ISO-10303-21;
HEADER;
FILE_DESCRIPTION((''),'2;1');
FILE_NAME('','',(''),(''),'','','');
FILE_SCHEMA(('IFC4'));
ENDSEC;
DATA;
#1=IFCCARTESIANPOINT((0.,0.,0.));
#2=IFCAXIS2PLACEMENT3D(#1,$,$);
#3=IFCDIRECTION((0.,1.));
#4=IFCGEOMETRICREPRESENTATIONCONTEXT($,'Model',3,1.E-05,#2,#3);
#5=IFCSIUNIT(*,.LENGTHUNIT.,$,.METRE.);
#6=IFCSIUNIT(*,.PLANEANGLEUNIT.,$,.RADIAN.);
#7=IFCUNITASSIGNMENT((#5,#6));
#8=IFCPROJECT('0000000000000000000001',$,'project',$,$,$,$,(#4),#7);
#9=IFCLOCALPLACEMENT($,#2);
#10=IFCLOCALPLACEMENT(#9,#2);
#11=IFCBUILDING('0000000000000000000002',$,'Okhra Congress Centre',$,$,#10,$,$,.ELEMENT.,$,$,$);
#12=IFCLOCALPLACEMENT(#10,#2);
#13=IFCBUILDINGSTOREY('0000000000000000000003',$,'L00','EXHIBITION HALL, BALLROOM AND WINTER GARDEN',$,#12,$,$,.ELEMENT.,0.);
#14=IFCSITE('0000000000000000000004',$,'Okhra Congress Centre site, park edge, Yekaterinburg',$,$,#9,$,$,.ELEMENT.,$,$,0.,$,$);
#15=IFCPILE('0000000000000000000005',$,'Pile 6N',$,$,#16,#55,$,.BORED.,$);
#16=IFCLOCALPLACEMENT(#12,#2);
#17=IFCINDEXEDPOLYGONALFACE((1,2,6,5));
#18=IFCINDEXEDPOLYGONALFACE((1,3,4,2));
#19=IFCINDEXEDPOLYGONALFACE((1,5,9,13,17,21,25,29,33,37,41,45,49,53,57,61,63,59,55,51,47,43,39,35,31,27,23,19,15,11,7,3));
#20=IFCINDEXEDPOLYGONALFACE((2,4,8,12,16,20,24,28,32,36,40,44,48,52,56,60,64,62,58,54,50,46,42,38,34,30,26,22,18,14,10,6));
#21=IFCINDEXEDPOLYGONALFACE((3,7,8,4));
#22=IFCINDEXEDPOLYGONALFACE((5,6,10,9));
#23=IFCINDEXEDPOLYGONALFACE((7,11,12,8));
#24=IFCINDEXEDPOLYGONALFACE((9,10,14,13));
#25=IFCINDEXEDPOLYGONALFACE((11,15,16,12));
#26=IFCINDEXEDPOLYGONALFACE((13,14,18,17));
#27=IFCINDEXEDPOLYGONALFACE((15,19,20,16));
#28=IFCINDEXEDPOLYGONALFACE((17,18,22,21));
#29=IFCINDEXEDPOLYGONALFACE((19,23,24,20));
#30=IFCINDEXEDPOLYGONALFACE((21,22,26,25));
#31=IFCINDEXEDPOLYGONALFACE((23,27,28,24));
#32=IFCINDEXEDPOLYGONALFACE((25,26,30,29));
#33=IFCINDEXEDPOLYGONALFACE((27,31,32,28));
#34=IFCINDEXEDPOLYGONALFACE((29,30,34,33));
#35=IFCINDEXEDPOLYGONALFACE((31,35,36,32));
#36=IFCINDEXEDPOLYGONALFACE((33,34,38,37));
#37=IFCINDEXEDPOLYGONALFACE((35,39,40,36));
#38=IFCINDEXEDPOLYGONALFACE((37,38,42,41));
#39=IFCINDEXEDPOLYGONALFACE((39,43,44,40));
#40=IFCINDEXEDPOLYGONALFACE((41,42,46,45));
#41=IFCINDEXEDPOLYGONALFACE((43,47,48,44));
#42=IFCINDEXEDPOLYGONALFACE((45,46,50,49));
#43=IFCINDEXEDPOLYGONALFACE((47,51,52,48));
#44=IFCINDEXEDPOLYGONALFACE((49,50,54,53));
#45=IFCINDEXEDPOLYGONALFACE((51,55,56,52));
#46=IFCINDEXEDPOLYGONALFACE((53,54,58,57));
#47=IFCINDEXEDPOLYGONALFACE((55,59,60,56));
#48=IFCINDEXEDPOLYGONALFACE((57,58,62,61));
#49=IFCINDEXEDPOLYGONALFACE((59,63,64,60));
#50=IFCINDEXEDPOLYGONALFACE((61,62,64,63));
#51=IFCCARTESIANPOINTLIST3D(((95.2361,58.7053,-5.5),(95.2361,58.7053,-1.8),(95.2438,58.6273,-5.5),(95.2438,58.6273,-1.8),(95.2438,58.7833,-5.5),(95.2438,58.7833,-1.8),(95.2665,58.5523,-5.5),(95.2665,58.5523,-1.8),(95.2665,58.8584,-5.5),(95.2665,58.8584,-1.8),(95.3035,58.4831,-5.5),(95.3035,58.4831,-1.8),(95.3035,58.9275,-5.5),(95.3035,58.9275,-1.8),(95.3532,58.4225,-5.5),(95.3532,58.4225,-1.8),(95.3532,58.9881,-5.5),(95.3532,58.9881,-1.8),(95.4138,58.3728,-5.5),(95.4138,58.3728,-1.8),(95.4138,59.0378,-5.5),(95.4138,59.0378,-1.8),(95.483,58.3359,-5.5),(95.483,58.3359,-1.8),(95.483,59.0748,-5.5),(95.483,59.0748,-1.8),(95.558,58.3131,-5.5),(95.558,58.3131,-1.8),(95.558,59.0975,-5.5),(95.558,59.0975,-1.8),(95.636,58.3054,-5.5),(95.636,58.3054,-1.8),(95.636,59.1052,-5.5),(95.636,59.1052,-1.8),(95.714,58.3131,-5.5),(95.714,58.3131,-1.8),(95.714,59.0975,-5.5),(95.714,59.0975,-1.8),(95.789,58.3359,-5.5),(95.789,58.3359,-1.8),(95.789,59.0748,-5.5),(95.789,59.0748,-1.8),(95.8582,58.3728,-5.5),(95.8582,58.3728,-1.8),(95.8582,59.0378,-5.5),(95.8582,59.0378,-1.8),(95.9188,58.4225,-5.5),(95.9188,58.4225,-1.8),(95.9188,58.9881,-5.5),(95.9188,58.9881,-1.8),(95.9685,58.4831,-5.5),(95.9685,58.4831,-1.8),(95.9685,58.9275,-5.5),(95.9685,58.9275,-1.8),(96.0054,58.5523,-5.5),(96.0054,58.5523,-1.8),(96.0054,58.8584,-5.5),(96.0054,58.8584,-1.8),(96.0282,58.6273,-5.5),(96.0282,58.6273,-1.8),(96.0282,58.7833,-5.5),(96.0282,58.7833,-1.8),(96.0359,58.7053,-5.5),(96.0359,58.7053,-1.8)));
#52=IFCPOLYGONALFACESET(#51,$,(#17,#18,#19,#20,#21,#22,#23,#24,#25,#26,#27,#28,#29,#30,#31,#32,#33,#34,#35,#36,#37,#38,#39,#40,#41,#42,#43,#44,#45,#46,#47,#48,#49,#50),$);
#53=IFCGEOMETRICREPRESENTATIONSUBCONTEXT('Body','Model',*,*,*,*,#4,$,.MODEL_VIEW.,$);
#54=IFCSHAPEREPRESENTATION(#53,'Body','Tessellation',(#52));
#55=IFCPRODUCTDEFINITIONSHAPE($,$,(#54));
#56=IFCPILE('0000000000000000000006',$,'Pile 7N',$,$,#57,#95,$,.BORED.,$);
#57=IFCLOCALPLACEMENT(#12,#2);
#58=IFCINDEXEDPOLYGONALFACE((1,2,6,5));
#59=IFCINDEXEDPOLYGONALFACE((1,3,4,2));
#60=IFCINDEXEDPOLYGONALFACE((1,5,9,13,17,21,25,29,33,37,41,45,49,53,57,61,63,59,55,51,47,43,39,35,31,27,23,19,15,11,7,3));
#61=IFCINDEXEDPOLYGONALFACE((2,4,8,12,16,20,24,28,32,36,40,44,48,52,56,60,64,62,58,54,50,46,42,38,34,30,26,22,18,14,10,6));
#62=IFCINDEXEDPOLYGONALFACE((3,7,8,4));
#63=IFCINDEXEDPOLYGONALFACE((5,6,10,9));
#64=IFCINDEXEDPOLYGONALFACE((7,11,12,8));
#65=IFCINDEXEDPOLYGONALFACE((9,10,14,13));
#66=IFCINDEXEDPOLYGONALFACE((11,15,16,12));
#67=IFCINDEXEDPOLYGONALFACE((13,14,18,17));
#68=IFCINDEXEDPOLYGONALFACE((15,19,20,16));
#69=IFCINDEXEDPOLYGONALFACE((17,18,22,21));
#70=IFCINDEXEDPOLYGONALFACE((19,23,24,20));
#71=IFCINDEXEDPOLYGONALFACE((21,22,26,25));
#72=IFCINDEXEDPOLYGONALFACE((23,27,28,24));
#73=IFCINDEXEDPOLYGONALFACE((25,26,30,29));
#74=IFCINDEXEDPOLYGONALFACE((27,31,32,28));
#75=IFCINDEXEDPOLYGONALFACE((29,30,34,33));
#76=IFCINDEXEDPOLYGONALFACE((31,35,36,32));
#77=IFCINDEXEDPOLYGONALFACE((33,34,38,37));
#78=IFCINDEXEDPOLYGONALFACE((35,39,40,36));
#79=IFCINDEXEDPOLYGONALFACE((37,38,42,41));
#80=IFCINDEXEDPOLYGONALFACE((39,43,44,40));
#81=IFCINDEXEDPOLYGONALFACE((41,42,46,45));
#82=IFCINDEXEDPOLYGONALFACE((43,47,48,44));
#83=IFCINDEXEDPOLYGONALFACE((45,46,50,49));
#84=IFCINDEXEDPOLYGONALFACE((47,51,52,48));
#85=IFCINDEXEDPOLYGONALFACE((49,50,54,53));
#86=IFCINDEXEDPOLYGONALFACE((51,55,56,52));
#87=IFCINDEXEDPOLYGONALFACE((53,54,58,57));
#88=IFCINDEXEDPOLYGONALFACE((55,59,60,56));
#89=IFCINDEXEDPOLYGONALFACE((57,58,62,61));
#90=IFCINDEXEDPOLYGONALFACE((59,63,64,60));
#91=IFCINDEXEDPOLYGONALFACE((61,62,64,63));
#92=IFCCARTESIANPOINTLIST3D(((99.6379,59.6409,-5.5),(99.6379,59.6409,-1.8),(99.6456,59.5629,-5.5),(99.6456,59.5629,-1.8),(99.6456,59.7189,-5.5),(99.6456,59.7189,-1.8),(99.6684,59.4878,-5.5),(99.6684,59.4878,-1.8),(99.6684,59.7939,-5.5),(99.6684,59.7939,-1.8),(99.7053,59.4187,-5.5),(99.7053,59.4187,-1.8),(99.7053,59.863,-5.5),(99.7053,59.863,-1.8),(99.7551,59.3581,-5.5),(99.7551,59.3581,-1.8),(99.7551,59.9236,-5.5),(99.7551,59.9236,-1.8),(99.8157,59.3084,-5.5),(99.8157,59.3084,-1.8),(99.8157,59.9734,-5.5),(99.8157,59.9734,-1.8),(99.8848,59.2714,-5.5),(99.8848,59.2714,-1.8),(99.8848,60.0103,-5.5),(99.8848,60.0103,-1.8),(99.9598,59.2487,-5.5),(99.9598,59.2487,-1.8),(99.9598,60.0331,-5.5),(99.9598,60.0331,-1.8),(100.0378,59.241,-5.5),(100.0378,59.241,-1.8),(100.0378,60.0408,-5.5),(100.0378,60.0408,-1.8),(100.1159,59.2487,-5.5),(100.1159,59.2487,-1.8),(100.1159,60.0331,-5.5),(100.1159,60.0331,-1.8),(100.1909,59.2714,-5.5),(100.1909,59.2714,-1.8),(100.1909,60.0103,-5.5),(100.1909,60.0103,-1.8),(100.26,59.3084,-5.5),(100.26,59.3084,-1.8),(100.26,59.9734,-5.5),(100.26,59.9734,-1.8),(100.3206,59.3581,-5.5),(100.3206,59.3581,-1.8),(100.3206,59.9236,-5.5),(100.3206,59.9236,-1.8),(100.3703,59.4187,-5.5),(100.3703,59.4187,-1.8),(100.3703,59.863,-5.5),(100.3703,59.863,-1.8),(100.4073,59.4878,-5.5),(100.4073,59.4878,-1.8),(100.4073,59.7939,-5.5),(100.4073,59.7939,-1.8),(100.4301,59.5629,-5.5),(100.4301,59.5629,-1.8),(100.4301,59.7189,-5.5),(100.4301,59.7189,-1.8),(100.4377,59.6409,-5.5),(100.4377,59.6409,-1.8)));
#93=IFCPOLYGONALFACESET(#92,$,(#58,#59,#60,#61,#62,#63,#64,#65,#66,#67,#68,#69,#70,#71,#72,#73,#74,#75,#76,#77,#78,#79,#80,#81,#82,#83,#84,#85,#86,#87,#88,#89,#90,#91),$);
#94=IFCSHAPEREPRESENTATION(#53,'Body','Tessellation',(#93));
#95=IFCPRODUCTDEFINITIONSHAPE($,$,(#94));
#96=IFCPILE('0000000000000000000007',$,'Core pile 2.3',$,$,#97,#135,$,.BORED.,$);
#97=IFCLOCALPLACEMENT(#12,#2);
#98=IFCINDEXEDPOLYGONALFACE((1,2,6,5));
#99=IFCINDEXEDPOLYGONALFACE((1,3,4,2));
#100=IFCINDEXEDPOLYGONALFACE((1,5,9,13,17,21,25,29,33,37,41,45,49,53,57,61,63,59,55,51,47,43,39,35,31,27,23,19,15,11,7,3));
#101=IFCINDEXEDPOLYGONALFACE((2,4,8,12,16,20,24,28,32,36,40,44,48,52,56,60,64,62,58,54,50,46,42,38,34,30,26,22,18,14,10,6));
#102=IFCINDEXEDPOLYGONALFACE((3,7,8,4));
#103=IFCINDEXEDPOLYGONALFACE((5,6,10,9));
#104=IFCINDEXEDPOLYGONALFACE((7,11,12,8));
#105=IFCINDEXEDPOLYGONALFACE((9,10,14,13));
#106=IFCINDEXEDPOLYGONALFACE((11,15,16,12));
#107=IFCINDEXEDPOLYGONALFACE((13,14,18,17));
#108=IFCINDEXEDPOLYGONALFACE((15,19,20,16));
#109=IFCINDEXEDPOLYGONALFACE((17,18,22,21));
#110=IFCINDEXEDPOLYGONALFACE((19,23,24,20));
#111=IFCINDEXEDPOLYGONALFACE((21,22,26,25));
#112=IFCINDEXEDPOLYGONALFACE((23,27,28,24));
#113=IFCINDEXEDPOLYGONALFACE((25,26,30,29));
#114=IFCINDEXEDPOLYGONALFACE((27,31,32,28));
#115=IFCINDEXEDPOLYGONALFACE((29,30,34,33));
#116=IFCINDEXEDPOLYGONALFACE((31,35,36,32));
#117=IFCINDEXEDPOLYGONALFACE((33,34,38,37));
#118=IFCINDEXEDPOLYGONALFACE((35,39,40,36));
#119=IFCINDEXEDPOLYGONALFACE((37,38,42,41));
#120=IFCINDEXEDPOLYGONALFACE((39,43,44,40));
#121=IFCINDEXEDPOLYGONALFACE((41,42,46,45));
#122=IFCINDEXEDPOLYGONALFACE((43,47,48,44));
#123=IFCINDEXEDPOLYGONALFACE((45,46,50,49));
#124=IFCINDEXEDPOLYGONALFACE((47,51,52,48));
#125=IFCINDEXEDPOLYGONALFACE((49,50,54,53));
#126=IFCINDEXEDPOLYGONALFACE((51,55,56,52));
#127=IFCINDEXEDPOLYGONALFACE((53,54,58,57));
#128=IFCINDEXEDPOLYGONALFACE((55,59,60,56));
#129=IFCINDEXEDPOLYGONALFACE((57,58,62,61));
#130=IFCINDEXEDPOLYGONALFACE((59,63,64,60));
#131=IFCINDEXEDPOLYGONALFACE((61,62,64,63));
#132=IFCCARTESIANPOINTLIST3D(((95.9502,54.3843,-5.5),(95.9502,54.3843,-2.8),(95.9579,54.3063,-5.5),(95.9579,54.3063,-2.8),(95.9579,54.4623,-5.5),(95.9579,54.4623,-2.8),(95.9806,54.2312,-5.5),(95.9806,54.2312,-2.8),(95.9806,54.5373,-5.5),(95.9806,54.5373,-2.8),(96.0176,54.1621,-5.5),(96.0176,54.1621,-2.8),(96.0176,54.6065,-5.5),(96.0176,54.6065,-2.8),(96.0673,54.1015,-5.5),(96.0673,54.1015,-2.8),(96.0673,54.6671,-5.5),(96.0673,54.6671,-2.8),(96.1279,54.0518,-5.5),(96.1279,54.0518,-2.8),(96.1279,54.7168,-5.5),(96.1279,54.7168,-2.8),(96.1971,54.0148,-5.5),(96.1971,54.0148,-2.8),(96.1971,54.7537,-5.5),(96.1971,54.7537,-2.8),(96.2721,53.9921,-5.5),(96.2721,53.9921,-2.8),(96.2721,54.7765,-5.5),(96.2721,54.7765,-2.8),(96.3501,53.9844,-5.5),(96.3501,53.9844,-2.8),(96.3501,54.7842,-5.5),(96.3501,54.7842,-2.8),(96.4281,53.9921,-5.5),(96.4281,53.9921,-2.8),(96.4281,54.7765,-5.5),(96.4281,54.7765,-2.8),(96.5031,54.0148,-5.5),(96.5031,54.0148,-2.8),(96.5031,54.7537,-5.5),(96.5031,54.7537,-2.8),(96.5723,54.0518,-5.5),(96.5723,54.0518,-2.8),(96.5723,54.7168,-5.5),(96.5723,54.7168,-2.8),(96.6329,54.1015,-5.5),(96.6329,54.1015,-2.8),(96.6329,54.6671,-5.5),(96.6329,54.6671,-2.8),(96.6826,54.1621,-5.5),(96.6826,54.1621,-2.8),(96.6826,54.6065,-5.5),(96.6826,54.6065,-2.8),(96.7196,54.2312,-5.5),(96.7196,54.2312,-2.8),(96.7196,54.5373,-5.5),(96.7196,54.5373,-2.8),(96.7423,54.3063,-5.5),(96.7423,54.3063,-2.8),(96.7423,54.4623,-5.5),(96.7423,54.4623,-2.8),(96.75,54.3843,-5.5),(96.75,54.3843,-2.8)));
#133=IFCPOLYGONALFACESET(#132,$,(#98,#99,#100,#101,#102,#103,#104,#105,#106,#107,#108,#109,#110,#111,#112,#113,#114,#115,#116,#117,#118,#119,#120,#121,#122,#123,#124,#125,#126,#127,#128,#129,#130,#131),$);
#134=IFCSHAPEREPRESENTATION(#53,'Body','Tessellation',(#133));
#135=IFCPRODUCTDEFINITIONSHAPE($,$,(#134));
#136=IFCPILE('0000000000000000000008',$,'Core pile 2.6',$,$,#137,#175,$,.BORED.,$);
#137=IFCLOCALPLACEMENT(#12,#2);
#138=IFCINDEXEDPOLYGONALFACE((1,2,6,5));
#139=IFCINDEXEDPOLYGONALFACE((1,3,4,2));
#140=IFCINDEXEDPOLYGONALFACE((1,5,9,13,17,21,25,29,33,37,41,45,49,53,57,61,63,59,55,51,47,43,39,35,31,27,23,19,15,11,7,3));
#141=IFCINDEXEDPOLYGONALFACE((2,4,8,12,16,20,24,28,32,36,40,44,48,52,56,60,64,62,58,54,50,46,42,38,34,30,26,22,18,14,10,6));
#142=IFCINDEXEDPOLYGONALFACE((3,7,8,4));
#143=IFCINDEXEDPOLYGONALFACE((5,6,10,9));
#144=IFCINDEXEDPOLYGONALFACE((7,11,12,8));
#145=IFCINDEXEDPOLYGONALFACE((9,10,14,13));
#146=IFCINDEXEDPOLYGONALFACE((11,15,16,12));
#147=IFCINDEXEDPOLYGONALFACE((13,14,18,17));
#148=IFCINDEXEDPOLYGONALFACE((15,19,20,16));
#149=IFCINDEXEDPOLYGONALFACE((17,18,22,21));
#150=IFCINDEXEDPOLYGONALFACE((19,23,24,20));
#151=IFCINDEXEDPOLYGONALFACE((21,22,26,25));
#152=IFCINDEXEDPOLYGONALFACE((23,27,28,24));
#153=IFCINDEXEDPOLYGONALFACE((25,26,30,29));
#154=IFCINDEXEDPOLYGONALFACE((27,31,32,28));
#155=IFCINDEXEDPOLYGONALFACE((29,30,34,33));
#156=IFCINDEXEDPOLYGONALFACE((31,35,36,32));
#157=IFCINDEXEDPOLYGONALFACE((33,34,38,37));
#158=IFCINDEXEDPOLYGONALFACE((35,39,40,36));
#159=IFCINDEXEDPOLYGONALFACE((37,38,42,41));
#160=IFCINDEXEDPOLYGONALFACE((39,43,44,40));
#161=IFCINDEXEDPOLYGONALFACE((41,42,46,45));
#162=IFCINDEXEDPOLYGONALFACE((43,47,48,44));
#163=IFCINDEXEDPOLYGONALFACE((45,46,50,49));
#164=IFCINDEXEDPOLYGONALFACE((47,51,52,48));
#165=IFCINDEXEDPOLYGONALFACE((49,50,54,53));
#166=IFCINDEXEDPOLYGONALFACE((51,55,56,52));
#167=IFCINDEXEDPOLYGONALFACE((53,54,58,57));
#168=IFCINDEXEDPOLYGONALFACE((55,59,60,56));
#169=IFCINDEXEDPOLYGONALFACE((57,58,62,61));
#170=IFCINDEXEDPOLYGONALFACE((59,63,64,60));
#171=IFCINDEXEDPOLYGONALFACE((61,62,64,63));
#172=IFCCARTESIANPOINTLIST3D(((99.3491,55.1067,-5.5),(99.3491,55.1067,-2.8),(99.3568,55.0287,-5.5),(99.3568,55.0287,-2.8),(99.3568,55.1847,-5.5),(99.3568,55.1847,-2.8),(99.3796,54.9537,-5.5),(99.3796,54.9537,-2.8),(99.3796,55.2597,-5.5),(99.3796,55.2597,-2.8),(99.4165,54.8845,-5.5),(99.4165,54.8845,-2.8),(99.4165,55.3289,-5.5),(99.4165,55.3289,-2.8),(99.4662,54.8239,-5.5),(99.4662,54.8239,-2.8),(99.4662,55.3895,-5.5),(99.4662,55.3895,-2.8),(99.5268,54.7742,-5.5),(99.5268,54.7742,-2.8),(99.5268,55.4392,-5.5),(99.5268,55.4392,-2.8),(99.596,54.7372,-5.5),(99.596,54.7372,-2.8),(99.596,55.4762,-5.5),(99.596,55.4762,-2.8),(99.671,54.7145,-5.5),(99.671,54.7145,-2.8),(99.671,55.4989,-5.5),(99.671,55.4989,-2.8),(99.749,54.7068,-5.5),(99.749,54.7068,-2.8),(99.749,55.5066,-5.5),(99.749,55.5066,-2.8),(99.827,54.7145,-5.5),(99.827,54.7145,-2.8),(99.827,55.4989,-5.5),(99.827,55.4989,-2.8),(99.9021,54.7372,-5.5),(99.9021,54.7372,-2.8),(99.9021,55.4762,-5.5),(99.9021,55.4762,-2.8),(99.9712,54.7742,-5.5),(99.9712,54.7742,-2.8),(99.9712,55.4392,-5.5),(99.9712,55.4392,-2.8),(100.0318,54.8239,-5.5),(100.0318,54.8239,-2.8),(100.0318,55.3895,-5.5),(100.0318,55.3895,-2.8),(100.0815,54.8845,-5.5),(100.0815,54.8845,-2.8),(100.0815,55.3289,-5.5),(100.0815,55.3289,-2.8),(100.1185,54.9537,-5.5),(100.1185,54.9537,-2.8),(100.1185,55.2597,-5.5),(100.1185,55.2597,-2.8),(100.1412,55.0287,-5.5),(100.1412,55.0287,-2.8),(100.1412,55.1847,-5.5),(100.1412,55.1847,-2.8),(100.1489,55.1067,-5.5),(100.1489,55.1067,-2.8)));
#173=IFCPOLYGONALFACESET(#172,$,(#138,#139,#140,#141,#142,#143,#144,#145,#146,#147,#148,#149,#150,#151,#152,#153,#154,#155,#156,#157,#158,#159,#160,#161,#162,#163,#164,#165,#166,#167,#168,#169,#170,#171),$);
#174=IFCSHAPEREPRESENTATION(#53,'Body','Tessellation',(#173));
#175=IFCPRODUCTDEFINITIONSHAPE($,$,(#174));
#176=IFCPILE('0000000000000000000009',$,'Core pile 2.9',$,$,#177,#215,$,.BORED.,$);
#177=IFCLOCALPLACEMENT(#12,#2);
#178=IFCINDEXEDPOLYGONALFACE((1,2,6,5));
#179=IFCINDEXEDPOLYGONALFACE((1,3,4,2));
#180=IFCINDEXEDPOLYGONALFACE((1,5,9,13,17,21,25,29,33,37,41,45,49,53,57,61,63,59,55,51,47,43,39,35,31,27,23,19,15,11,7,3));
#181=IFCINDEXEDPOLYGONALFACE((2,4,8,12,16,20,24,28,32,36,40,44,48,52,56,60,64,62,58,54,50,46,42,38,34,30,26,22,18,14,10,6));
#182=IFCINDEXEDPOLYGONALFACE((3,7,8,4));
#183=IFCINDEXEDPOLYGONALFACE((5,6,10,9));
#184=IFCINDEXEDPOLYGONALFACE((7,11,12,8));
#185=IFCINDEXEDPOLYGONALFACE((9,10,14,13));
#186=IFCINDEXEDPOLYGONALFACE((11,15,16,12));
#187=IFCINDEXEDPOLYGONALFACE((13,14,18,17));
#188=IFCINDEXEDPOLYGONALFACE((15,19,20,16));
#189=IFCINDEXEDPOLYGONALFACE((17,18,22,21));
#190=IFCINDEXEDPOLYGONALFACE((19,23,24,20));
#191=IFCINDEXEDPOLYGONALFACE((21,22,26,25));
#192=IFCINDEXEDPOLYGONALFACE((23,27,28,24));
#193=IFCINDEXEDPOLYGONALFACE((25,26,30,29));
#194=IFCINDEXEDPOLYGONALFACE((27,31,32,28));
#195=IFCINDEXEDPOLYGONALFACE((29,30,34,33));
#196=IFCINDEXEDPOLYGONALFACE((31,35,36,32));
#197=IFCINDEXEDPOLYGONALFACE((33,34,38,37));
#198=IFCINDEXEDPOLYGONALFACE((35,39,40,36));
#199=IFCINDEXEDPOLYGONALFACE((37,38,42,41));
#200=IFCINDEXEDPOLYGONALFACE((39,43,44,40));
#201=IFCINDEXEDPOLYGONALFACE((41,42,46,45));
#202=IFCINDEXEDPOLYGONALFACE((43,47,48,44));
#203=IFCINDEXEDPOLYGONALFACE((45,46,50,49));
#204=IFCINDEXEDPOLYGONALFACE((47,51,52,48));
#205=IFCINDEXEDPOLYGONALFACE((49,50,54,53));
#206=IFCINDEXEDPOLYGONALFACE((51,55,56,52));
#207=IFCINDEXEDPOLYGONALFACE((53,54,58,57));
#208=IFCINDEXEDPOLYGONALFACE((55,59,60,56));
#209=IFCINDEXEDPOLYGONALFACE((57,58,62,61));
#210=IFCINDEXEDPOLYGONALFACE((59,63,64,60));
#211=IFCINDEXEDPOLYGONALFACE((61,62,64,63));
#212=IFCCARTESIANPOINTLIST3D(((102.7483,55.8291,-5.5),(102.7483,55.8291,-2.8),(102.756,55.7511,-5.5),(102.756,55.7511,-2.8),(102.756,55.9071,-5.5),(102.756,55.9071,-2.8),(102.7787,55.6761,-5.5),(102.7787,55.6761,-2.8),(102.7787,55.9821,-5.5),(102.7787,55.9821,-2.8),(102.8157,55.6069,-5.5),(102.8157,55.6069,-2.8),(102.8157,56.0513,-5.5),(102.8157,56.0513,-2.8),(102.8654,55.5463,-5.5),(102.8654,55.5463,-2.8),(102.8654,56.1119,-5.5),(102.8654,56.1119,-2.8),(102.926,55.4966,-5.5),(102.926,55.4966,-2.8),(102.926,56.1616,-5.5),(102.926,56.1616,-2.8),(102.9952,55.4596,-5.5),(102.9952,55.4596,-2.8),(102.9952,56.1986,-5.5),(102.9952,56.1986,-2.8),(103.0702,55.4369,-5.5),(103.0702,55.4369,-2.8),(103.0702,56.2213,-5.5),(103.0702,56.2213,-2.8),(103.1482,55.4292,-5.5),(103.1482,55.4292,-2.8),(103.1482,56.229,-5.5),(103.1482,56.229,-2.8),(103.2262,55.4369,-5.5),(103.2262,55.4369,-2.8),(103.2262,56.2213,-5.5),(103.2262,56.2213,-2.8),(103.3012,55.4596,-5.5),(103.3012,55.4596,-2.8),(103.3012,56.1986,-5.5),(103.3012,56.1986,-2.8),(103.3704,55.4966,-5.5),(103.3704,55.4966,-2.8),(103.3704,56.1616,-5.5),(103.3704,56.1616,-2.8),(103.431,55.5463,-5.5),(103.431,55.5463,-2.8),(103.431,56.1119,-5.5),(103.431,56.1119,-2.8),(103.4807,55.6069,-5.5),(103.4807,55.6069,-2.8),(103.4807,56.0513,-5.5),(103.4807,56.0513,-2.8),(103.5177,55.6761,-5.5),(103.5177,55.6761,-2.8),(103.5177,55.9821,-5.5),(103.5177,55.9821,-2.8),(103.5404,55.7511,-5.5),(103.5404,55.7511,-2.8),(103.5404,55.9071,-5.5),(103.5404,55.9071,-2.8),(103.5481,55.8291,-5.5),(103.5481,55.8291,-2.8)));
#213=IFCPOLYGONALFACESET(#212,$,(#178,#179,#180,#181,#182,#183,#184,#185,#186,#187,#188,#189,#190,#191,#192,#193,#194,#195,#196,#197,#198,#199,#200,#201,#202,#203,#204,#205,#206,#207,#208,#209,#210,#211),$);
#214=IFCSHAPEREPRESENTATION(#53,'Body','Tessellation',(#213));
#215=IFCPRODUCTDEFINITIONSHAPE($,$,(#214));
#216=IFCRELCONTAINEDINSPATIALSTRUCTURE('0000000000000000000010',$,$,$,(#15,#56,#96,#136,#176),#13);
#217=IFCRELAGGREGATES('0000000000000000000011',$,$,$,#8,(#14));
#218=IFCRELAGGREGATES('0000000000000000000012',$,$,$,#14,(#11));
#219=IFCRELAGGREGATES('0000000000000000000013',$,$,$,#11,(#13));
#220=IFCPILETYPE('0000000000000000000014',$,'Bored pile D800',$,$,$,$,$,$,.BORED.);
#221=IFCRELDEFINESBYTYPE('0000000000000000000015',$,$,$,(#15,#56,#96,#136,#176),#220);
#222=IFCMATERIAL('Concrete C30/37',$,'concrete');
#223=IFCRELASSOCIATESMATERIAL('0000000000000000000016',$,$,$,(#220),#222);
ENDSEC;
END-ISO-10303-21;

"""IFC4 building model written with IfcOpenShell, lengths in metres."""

from ifc_helpers import new_model, si_unit, direction, frame, origin, origin_2d, place, context, subcontext, project, spatial, circle, extrude, material, material_profile, profile_set, type_object, element, save


model = new_model("IFC4")

# Units and contexts
model_context = context("Model", 3, precision=1e-05, world=origin(), true_north=direction((0.0, 1.0)))
body_context = subcontext(model_context, "Body", "Model", "MODEL_VIEW")
ifc_project = project(units=[si_unit("LENGTHUNIT", "METRE"), si_unit("PLANEANGLEUNIT", "RADIAN")], contexts=[model_context])

# Site, building, storey
site_placement = place(None, origin())
site = spatial("IfcSite", under=ifc_project, at=site_placement, Name="Okhra Congress Centre site, park edge, Yekaterinburg", CompositionType="ELEMENT", RefElevation=0.0)
building_placement = place(site_placement, origin())
building = spatial("IfcBuilding", under=site, at=building_placement, Name="Okhra Congress Centre", CompositionType="ELEMENT")
storey_placement = place(building_placement, origin())
storey = spatial("IfcBuildingStorey", under=building, at=storey_placement, Name="L00", Description="EXHIBITION HALL, BALLROOM AND WINTER GARDEN", CompositionType="ELEMENT", Elevation=0.0)

# Piles
ifc_material_1 = material(Name="Concrete C30/37", Category="concrete")
ifc_material_profile_1 = material_profile(ifc_material_1, circle(Radius=0.3999, at=origin_2d()), Name="D800")
ifc_profile_set_1 = profile_set([ifc_material_profile_1], Name="Concrete C30/37")
pile_type = type_object("IfcPileType", Name="Bored pile D800", PredefinedType="BORED", material=ifc_profile_set_1)
for number, where, z_axis, x_axis, name in (
    (1, (95.636, 58.7053, -1.8), (0.0, 0.0, -1.0), (1.0, 0.0, 0.0), "Pile 6N"),
    (2, (100.0378, 59.6409, -1.8), (0.0, 0.0, -1.0), (1.0, 0.0, 0.0), "Pile 7N"),
):
    element("IfcPile", number, at=place(storey_placement, frame(where, z_axis=z_axis, x_axis=x_axis)), inside=storey, type_object=pile_type, Name=name, PredefinedType="BORED", context=body_context, shape_type="SweptSolid", body=[
        extrude(circle(Radius=0.3999, at=origin_2d()), origin(), (0.0, 0.0, 1.0), 3.7),
    ])
for number, where, z_axis, x_axis, name in (
    (3, (96.3501, 54.3843, -2.8), (0.0, 0.0, -1.0), (1.0, 0.0, 0.0), "Core pile 2.3"),
    (4, (99.749, 55.1067, -2.8), (0.0, 0.0, -1.0), (1.0, 0.0, 0.0), "Core pile 2.6"),
    (5, (103.1482, 55.8291, -2.8), (0.0, 0.0, -1.0), (1.0, 0.0, 0.0), "Core pile 2.9"),
):
    element("IfcPile", number, at=place(storey_placement, frame(where, z_axis=z_axis, x_axis=x_axis)), inside=storey, type_object=pile_type, Name=name, PredefinedType="BORED", context=body_context, shape_type="SweptSolid", body=[
        extrude(circle(Radius=0.3999, at=origin_2d()), origin(), (0.0, 0.0, 1.0), 2.7),
    ])

save(model, "model.ifc")
